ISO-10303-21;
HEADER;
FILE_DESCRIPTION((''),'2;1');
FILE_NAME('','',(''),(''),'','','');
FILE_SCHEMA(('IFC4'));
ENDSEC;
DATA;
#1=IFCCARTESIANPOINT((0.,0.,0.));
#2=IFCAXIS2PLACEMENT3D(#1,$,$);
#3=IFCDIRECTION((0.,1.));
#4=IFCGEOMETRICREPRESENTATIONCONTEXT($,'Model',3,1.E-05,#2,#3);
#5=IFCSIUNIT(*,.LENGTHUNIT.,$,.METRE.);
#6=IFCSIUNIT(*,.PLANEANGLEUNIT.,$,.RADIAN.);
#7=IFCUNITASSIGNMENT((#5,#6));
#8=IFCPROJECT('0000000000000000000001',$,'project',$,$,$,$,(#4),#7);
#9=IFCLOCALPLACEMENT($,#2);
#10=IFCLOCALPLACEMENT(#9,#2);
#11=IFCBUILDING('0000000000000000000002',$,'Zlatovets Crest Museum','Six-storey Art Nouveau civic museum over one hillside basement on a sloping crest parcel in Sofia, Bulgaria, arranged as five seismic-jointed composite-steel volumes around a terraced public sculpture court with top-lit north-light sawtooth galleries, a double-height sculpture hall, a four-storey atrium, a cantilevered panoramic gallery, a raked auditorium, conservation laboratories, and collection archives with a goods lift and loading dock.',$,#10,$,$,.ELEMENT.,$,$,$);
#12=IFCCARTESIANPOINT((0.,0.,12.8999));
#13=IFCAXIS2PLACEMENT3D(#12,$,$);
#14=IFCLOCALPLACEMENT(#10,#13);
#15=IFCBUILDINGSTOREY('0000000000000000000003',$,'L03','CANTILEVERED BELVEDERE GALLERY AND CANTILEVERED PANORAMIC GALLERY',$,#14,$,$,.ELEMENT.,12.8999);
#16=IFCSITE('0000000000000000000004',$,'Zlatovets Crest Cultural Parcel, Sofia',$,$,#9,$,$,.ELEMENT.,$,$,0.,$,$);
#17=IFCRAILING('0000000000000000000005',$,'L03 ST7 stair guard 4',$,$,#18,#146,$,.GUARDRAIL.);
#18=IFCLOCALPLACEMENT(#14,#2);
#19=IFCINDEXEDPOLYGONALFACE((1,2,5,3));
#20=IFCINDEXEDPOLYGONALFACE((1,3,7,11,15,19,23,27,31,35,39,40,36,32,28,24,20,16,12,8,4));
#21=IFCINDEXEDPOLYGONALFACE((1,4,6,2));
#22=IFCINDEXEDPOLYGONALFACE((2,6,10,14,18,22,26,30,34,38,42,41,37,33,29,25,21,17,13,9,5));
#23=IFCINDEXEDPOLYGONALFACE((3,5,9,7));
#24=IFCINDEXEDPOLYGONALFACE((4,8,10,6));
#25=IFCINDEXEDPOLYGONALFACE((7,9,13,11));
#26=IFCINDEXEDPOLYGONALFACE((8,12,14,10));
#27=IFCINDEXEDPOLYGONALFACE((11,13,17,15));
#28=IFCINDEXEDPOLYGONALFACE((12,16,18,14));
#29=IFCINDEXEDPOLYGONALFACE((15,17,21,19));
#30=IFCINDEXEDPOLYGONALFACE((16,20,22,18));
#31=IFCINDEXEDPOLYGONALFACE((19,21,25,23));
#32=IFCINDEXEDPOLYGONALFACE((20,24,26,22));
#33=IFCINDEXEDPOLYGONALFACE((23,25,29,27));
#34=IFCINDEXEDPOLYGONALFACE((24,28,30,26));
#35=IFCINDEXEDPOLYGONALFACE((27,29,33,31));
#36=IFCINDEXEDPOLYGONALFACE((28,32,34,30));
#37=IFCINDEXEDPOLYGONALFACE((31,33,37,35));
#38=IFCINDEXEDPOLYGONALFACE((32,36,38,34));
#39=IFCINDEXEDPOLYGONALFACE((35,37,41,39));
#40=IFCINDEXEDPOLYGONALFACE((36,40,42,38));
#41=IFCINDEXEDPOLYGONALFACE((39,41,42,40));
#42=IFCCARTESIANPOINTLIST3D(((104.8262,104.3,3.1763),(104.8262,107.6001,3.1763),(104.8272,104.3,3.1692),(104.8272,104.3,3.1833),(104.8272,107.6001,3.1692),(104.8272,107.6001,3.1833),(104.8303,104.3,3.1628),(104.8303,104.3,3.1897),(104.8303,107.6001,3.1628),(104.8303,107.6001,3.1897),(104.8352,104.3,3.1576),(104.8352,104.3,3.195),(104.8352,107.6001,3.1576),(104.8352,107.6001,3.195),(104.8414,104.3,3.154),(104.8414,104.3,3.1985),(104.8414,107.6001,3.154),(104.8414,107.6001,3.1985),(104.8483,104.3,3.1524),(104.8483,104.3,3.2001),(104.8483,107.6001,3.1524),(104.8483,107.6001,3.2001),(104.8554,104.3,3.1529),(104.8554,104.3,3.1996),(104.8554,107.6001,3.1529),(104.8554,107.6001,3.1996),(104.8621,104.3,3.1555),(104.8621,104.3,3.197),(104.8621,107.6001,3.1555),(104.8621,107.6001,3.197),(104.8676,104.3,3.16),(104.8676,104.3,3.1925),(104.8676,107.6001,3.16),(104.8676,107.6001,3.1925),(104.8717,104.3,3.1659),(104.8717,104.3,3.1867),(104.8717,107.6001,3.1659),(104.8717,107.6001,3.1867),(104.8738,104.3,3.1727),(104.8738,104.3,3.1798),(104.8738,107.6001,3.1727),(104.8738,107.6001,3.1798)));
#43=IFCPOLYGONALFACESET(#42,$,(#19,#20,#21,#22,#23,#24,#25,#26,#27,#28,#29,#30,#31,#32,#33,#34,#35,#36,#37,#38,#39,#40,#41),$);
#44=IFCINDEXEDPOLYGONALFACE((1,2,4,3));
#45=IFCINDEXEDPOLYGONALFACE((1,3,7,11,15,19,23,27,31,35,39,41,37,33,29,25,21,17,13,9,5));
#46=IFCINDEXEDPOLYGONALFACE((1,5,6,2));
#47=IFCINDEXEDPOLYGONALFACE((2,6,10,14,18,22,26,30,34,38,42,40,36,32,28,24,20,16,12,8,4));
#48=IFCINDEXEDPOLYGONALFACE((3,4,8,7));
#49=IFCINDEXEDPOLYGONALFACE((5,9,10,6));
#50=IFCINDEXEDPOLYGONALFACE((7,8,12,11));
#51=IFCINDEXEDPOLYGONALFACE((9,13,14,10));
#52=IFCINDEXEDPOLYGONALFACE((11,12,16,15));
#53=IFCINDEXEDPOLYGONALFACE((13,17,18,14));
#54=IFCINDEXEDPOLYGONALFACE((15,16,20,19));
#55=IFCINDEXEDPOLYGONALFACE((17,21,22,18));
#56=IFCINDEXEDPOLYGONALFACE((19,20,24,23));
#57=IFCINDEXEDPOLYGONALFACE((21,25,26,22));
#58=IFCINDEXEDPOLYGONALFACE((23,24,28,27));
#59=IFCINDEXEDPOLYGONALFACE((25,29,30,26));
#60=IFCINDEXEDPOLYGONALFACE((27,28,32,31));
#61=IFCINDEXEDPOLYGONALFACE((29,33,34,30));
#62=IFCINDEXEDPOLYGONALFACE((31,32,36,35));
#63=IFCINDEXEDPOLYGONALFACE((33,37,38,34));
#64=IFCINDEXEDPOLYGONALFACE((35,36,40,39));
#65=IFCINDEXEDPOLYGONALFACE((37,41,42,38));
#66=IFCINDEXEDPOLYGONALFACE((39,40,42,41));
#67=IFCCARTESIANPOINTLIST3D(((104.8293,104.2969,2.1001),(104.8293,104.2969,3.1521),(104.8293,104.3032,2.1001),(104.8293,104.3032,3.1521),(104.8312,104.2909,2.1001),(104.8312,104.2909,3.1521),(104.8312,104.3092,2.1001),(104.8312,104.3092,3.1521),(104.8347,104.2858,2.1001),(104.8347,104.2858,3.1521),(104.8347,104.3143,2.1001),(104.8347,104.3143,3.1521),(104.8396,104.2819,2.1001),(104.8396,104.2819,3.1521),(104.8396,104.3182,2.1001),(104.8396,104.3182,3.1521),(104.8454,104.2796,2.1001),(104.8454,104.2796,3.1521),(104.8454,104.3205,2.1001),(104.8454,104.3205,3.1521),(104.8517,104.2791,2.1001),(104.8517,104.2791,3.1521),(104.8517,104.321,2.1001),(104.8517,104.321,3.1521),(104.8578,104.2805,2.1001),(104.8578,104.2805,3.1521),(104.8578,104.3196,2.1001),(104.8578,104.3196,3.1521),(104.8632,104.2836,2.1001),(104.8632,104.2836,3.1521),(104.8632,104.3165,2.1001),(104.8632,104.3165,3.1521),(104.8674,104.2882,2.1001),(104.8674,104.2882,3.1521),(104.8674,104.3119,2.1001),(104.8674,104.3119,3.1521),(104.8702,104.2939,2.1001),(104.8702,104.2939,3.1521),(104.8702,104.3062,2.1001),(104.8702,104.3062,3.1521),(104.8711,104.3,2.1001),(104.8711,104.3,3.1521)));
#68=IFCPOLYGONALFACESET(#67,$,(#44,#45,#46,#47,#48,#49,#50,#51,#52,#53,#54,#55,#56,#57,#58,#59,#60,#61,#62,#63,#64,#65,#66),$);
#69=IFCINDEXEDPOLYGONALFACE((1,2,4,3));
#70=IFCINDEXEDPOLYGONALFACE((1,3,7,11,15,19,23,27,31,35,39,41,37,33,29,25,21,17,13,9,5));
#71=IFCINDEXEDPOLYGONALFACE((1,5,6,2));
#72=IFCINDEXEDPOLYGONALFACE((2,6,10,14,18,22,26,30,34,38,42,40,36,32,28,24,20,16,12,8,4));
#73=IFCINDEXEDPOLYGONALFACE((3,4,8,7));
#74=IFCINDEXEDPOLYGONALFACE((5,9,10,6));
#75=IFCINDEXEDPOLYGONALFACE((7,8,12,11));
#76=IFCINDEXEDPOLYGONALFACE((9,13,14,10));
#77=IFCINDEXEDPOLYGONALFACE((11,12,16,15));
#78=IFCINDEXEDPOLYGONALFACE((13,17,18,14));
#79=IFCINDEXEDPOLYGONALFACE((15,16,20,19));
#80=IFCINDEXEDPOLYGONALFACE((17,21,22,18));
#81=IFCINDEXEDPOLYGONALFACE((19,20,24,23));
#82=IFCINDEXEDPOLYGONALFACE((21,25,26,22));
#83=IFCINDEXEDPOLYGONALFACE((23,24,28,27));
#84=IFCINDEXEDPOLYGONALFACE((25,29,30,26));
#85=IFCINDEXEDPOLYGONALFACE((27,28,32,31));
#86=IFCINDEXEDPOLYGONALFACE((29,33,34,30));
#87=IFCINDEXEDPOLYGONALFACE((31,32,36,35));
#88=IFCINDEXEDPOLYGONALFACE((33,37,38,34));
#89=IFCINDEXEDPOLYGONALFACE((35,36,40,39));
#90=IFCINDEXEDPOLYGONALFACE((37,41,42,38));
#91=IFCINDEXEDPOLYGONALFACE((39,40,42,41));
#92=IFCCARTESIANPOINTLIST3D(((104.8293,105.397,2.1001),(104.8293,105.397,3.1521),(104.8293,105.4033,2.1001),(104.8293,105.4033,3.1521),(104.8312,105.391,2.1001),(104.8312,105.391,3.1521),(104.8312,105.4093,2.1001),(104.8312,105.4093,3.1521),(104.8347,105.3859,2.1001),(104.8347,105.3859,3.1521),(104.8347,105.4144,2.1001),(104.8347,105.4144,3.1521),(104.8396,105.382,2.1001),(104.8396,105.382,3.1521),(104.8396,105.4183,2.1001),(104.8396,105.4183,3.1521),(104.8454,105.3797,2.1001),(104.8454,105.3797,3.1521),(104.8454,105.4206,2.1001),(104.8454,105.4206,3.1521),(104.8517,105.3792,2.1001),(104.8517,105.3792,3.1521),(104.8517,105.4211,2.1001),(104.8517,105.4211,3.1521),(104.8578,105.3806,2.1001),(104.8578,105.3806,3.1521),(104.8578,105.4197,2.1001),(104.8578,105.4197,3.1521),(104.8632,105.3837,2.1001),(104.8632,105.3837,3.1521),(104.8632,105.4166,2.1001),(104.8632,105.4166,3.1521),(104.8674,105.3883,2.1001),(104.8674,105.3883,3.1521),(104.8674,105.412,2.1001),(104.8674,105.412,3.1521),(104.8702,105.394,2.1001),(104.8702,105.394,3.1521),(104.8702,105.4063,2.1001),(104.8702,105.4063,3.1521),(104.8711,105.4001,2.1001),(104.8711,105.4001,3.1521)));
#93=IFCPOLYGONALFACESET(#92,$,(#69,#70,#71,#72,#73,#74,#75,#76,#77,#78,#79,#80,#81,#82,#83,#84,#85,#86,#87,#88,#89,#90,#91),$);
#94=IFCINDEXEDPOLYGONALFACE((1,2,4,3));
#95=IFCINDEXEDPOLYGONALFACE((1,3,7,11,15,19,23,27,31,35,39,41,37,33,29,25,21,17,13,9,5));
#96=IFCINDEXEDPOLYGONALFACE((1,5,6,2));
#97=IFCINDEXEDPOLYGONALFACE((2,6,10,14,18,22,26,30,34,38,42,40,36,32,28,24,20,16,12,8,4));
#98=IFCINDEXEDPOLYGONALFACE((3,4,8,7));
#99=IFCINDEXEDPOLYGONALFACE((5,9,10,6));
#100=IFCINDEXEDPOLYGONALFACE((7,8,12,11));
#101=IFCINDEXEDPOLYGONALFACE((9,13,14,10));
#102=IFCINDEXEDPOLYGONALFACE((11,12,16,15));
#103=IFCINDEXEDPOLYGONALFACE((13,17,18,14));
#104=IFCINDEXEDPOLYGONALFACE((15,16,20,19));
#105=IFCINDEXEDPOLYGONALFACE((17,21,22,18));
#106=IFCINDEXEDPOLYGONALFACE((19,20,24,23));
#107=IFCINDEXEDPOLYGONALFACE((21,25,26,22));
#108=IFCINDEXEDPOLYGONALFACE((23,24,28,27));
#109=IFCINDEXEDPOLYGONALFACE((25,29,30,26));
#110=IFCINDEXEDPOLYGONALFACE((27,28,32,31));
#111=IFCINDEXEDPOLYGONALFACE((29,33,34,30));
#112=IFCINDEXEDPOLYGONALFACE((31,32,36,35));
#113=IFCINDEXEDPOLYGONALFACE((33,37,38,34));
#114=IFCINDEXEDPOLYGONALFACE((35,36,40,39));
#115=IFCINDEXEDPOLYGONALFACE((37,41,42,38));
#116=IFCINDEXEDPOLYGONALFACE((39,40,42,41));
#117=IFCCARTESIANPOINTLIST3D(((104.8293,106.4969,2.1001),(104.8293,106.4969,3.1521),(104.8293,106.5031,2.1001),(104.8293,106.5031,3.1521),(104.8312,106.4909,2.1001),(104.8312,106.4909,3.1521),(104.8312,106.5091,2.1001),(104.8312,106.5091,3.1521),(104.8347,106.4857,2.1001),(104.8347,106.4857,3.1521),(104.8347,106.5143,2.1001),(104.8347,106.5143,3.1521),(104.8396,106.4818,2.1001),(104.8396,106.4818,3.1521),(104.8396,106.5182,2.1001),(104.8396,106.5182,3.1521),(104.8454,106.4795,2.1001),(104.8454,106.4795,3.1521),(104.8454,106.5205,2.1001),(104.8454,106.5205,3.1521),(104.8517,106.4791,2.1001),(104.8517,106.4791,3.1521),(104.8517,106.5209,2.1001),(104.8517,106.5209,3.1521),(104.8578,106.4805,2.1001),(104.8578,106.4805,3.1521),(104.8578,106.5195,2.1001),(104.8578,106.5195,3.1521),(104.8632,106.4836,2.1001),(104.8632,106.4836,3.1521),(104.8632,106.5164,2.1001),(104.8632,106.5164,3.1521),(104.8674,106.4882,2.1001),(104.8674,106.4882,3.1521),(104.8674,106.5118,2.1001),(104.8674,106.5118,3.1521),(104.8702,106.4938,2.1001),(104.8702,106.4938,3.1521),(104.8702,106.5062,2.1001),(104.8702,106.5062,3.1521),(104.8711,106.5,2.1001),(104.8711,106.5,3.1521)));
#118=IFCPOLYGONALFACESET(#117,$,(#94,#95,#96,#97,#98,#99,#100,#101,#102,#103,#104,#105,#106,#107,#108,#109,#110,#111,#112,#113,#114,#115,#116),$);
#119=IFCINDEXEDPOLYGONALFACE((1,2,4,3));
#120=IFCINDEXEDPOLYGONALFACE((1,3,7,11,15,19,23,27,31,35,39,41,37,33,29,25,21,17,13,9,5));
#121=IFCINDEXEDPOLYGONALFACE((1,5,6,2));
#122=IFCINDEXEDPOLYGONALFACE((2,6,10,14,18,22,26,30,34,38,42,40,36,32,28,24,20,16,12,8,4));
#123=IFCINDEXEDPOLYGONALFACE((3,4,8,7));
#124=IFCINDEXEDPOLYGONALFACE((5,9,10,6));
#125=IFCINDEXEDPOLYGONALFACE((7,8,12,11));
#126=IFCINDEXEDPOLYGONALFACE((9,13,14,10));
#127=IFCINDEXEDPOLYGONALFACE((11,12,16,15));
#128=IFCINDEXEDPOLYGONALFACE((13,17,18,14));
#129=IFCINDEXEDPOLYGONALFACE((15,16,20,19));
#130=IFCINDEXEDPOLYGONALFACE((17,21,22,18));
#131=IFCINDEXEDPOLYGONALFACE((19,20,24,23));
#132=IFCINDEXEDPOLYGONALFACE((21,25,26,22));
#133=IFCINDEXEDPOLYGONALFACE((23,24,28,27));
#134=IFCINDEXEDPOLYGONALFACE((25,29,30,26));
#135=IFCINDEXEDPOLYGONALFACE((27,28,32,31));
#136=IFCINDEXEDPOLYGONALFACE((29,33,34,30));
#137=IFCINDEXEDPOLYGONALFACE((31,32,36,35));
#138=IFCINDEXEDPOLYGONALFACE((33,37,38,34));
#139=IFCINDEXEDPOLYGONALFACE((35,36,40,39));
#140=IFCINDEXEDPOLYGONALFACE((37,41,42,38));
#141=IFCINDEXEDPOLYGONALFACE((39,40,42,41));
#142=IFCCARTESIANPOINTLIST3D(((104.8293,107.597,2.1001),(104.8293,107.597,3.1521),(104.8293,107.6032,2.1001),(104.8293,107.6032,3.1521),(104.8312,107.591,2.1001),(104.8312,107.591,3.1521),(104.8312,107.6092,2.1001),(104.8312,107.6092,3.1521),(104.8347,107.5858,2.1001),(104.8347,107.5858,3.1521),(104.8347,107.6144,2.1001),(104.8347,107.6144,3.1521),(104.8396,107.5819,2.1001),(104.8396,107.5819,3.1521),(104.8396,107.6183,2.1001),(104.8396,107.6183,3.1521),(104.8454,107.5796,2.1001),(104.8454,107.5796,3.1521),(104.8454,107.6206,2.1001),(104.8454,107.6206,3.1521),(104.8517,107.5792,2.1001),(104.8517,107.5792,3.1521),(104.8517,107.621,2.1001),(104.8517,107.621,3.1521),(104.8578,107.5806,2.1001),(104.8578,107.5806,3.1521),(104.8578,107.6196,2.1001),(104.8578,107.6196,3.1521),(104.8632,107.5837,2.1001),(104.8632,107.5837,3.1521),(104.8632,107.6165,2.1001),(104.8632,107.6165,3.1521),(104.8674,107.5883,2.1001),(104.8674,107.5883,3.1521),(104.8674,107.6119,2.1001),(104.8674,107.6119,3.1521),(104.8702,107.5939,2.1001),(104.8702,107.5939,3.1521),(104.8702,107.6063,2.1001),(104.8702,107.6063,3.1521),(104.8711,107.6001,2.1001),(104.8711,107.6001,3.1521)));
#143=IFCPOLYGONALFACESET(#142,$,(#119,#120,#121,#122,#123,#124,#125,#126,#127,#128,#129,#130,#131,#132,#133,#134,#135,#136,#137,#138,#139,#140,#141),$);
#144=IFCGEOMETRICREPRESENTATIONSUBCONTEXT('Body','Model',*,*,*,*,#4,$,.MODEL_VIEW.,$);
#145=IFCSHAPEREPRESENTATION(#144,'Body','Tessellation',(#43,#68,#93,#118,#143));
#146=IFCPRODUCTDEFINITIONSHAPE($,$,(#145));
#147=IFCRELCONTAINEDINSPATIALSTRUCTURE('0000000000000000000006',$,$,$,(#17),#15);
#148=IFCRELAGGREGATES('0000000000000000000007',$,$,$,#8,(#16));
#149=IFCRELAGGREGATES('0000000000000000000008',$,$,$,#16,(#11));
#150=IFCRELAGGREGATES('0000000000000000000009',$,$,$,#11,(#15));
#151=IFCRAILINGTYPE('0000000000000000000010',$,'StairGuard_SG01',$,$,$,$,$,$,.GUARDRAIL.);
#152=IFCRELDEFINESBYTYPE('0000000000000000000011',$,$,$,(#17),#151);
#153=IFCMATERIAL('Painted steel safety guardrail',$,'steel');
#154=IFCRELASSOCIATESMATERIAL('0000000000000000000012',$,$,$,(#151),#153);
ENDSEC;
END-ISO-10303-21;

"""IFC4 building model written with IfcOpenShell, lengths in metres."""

from ifc_helpers import new_model, si_unit, direction, frame, origin, origin_2d, place, context, subcontext, project, spatial, circle, extrude, material, type_object, element, save


model = new_model("IFC4")

# Units and contexts
model_context = context("Model", 3, precision=1e-05, world=origin(), true_north=direction((0.0, 1.0)))
body_context = subcontext(model_context, "Body", "Model", "MODEL_VIEW")
ifc_project = project(units=[si_unit("LENGTHUNIT", "METRE"), si_unit("PLANEANGLEUNIT", "RADIAN")], contexts=[model_context])

# Site, building, storey
site_placement = place(None, origin())
site = spatial("IfcSite", under=ifc_project, at=site_placement, Name="Zlatovets Crest Cultural Parcel, Sofia", CompositionType="ELEMENT", RefElevation=0.0)
building_placement = place(site_placement, origin())
building = spatial("IfcBuilding", under=site, at=building_placement, Name="Zlatovets Crest Museum", Description="Six-storey Art Nouveau civic museum over one hillside basement on a sloping crest parcel in Sofia, Bulgaria, arranged as five seismic-jointed composite-steel volumes around a terraced public sculpture court with top-lit north-light sawtooth galleries, a double-height sculpture hall, a four-storey atrium, a cantilevered panoramic gallery, a raked auditorium, conservation laboratories, and collection archives with a goods lift and loading dock.", CompositionType="ELEMENT")
storey_placement = place(building_placement, frame((0.0, 0.0, 12.8999)))
storey = spatial("IfcBuildingStorey", under=building, at=storey_placement, Name="L03", Description="CANTILEVERED BELVEDERE GALLERY AND CANTILEVERED PANORAMIC GALLERY", CompositionType="ELEMENT", Elevation=12.8999)

# Railing
ifc_material_1 = material(Name="Painted steel safety guardrail", Category="steel")
railing_type = type_object("IfcRailingType", Name="StairGuard_SG01", PredefinedType="GUARDRAIL", material=ifc_material_1)
railing_1_placement = place(storey_placement, frame((104.8501, 104.3, 2.1001)))
element("IfcRailing", 1, at=railing_1_placement, inside=storey, type_object=railing_type, Name="L03 ST7 stair guard 4", PredefinedType="GUARDRAIL", context=body_context, shape_type="SweptSolid", body=[
    extrude(circle(Radius=0.0239, at=origin_2d()), frame((0.0, 0.0, 1.0762), z_axis=(0.0, 1.0, 0.0), x_axis=(-1.0, 0.0, 0.0)), (0.0, 0.0, 1.0), 3.3),
    extrude(circle(Radius=0.021, at=origin_2d()), origin(), (0.0, 0.0, 1.0), 1.052),
    extrude(circle(Radius=0.021, at=origin_2d()), frame((0.0, 1.1001, 0.0)), (0.0, 0.0, 1.0), 1.052),
    extrude(circle(Radius=0.021, at=origin_2d()), frame((0.0, 2.2, 0.0)), (0.0, 0.0, 1.0), 1.052),
    extrude(circle(Radius=0.021, at=origin_2d()), frame((0.0, 3.3, 0.0)), (0.0, 0.0, 1.0), 1.052),
])

save(model, "model.ifc")
